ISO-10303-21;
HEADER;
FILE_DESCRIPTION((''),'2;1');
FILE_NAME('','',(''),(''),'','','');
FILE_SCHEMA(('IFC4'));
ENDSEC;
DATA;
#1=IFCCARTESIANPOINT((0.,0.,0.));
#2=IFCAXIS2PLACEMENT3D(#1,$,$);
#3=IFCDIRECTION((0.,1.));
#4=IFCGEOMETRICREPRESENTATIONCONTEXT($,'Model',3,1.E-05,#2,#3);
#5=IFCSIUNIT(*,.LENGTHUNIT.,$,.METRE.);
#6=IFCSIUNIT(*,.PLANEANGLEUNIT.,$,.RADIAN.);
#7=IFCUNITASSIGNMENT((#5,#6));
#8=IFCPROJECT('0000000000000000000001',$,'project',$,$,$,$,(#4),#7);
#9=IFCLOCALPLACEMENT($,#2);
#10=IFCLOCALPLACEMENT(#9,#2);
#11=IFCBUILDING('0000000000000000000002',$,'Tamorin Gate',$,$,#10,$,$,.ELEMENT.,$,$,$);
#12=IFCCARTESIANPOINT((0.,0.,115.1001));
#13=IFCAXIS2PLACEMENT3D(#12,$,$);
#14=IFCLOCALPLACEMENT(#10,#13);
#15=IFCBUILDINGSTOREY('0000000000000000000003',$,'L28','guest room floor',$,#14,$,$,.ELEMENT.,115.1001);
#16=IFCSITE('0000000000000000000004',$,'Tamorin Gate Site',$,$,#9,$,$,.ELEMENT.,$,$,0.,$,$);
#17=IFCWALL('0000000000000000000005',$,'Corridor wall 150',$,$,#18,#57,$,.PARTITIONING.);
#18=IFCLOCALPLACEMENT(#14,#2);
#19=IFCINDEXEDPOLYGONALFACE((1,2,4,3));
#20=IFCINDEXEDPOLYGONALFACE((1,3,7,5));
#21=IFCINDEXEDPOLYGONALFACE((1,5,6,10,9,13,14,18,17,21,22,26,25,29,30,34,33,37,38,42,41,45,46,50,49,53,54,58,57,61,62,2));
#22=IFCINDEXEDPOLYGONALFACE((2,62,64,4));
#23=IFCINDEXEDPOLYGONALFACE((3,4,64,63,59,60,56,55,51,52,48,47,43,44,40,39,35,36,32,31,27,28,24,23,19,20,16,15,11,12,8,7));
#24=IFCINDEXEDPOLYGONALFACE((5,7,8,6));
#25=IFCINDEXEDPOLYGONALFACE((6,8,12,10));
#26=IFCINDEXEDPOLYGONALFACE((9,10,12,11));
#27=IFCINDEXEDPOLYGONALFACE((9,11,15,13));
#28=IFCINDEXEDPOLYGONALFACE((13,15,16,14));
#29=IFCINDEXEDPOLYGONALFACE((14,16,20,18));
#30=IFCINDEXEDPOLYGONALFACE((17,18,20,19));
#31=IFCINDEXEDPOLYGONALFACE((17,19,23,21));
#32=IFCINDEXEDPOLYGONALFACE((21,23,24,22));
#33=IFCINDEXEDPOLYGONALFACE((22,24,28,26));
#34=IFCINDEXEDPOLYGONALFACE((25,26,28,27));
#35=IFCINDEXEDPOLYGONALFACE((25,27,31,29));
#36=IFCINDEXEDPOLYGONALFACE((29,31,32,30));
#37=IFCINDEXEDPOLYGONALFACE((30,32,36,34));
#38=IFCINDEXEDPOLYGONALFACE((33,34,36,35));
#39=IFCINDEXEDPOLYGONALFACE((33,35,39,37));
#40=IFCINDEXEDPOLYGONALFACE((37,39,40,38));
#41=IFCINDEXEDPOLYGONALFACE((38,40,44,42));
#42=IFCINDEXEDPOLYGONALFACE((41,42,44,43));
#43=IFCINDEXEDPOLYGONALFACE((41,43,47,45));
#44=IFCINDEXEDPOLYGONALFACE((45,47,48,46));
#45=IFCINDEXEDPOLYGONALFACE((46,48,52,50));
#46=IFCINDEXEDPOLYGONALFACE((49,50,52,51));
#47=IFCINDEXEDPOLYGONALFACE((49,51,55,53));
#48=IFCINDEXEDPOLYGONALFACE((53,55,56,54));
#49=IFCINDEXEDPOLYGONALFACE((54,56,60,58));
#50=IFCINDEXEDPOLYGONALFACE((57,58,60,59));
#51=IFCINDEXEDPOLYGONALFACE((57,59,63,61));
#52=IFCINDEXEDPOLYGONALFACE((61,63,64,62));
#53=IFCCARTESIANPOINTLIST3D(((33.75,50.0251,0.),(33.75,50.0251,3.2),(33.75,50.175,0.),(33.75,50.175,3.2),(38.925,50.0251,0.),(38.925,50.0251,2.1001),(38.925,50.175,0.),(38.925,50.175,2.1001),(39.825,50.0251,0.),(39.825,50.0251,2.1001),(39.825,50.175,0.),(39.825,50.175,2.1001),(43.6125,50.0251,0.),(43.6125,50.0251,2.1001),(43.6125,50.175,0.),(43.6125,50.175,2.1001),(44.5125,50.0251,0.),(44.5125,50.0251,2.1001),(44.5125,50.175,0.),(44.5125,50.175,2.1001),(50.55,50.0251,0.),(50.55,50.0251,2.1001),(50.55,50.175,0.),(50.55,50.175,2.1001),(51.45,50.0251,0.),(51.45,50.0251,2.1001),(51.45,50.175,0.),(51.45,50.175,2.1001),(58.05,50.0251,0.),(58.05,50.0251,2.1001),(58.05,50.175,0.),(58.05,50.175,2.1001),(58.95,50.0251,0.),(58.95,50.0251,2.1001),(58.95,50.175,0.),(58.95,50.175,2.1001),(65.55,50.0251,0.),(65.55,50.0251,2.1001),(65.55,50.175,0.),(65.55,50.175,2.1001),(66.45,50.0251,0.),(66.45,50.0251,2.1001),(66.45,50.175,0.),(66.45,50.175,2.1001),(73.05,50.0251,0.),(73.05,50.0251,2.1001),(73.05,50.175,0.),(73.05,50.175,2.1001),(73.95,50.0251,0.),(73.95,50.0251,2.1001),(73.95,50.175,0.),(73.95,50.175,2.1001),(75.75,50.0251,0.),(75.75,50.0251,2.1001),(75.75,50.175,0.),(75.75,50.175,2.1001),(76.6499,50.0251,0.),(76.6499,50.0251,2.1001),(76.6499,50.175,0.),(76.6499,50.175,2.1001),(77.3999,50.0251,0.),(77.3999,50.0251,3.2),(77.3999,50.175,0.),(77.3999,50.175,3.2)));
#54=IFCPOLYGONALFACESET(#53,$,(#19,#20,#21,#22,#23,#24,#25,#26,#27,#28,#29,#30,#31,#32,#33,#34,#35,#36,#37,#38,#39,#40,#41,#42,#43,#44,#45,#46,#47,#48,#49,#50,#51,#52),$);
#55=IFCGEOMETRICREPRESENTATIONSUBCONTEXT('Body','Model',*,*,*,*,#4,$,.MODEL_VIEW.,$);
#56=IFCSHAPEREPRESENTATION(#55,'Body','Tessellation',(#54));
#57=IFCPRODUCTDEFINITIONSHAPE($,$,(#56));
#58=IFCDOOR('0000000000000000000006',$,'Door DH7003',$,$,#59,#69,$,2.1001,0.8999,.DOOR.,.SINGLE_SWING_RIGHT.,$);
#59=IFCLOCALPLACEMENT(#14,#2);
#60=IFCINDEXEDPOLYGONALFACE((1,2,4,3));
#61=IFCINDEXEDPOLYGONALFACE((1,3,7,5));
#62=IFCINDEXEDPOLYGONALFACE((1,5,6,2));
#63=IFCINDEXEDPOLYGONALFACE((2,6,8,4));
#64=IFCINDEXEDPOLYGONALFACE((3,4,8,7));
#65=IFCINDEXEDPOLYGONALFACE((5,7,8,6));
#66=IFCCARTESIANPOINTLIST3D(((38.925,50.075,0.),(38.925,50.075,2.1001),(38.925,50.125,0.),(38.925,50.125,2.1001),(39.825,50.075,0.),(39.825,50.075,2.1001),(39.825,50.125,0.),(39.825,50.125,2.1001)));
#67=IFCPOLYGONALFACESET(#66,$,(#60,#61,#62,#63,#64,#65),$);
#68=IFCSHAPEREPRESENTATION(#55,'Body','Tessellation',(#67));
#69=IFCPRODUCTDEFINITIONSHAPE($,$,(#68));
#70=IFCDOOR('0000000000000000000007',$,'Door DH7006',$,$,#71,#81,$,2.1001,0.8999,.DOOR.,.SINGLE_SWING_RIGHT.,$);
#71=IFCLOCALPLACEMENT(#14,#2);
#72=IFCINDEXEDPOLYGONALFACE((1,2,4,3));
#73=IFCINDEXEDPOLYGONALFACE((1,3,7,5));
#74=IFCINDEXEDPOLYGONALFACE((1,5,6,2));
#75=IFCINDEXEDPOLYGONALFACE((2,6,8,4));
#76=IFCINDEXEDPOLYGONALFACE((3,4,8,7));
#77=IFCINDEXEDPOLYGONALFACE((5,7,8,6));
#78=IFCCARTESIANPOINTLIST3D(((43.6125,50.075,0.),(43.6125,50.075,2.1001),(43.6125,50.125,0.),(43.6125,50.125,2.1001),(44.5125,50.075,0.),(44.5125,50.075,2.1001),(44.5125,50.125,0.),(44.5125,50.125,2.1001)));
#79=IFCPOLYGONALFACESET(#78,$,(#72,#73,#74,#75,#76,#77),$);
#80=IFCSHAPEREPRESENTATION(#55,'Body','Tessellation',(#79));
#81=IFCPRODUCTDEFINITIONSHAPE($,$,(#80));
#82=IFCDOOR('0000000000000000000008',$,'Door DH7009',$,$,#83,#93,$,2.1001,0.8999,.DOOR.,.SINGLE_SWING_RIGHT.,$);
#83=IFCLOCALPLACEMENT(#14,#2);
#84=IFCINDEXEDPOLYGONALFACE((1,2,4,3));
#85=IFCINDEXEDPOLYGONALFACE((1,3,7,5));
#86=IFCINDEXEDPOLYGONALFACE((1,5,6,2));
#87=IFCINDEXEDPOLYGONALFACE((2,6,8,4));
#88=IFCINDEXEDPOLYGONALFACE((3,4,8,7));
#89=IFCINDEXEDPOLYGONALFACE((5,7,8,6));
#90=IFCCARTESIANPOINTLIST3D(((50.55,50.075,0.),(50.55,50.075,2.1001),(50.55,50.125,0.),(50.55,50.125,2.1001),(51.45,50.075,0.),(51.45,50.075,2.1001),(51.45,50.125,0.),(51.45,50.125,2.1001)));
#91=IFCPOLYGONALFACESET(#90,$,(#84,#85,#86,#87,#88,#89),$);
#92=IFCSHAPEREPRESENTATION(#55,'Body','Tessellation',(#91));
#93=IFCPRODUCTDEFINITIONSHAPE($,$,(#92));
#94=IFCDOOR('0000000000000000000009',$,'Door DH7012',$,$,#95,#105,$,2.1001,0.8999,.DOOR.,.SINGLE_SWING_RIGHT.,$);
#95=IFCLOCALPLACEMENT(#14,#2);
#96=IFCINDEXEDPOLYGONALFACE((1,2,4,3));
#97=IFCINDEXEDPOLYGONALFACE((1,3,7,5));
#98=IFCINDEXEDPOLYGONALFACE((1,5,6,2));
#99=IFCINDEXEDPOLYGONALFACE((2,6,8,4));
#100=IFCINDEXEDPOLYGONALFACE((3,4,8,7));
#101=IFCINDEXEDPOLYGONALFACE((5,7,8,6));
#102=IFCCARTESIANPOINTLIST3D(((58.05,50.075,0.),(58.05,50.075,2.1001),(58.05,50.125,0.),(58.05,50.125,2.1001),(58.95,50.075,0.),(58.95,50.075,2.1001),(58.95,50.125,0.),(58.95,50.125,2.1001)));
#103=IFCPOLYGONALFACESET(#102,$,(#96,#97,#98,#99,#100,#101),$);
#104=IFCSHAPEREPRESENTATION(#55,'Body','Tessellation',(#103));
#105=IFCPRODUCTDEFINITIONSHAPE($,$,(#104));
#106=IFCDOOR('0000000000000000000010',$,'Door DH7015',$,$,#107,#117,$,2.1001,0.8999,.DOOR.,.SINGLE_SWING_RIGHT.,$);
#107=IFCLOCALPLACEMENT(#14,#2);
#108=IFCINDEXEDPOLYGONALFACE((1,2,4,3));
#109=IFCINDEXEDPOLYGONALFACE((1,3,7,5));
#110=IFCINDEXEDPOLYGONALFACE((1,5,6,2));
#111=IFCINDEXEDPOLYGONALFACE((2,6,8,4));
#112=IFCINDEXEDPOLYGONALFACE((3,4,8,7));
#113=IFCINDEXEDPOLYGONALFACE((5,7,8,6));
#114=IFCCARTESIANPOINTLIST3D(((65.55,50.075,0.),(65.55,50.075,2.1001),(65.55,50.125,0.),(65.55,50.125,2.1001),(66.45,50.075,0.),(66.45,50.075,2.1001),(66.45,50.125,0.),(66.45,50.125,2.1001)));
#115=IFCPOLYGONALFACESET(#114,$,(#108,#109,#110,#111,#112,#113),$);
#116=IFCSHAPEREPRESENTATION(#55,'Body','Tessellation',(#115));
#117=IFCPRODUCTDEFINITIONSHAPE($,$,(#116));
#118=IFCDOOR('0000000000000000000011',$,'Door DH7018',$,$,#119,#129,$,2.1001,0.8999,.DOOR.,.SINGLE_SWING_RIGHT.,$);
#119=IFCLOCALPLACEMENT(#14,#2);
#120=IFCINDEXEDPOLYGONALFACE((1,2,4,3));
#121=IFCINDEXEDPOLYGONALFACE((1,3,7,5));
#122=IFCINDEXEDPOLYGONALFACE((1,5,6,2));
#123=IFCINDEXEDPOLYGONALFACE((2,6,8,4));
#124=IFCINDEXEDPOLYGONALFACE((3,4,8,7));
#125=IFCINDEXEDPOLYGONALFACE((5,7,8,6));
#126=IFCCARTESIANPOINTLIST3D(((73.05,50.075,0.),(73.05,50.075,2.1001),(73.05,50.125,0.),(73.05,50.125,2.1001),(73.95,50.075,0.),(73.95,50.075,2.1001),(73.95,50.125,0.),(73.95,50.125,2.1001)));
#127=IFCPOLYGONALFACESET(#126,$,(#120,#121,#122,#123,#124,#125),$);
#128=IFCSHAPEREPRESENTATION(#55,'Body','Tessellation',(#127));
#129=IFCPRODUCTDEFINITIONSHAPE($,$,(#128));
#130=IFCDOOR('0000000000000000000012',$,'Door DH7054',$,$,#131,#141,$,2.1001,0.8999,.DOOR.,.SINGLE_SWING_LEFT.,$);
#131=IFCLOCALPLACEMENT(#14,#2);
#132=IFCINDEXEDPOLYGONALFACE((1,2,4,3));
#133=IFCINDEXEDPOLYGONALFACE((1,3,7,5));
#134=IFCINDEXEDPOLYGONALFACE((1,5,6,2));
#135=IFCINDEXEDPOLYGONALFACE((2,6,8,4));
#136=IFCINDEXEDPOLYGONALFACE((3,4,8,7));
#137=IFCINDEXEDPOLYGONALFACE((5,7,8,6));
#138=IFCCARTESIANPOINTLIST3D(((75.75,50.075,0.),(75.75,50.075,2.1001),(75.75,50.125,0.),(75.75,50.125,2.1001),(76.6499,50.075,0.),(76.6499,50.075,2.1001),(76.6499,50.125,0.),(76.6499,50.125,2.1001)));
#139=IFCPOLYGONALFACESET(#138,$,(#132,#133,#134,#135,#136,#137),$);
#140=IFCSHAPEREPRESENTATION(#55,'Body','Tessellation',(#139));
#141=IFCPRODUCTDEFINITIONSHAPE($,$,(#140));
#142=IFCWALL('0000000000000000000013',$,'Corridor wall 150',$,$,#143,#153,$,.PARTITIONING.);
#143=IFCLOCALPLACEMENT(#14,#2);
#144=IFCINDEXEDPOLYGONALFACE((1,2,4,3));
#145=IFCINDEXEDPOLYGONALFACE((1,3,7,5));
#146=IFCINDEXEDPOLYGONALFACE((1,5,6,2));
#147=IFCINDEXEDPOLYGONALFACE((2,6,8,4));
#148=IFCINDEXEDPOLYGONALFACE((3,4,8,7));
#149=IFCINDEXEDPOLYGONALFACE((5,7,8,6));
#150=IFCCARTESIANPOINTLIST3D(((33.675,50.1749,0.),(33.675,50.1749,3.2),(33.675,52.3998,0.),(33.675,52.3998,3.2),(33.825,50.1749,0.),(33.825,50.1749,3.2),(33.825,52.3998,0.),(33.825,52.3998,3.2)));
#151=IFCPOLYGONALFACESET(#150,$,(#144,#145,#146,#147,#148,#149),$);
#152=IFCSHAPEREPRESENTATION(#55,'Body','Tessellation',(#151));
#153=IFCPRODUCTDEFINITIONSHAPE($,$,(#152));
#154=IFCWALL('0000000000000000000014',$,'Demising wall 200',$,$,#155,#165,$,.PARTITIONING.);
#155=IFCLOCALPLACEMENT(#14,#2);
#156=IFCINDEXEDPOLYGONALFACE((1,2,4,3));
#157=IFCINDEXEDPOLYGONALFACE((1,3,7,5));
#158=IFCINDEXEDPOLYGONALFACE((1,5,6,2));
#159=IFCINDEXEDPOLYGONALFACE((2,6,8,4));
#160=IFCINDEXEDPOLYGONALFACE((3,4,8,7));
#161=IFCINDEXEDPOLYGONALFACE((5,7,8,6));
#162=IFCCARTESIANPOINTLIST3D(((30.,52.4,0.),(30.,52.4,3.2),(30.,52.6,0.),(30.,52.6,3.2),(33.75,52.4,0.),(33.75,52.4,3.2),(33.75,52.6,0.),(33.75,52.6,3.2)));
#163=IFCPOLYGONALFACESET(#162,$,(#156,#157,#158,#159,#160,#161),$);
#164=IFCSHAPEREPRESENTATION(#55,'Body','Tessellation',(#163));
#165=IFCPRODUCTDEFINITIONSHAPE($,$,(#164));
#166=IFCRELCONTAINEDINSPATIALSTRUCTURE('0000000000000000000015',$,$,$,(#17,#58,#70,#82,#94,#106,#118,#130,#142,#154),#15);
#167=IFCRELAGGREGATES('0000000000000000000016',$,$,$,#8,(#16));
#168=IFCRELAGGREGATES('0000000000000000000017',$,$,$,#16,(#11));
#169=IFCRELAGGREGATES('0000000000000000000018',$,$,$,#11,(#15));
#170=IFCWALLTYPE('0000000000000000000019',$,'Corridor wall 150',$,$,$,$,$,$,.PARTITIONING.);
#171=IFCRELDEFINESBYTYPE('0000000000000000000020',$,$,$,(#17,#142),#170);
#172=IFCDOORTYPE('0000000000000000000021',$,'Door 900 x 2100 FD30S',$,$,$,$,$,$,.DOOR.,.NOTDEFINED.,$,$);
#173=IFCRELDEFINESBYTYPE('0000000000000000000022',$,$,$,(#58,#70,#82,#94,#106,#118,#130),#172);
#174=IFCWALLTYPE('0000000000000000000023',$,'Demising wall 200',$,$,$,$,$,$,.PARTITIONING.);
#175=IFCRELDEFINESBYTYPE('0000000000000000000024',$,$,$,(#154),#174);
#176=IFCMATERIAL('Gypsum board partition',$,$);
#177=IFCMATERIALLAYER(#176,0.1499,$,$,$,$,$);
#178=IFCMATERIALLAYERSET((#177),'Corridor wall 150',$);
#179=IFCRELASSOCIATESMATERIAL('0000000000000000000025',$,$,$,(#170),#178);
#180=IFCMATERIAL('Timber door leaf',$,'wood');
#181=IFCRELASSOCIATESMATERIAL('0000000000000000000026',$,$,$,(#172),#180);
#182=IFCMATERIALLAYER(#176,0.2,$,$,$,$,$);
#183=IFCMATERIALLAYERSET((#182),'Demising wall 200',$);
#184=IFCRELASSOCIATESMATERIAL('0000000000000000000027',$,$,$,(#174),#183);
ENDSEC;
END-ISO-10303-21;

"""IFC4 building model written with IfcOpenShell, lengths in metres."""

from ifc_helpers import new_model, si_unit, direction, frame, frame_2d, origin, place, context, subcontext, project, spatial, rectangle, extrude, material, layer, layer_set, type_object, element, fill, save


model = new_model("IFC4")

# Units and contexts
model_context = context("Model", 3, precision=1e-05, world=origin(), true_north=direction((0.0, 1.0)))
body_context = subcontext(model_context, "Body", "Model", "MODEL_VIEW")
ifc_project = project(units=[si_unit("LENGTHUNIT", "METRE"), si_unit("PLANEANGLEUNIT", "RADIAN")], contexts=[model_context])

# Site, building, storey
site_placement = place(None, origin())
site = spatial("IfcSite", under=ifc_project, at=site_placement, Name="Tamorin Gate Site", CompositionType="ELEMENT", RefElevation=0.0)
building_placement = place(site_placement, origin())
building = spatial("IfcBuilding", under=site, at=building_placement, Name="Tamorin Gate", CompositionType="ELEMENT")
storey_placement = place(building_placement, frame((0.0, 0.0, 115.1001)))
storey = spatial("IfcBuildingStorey", under=building, at=storey_placement, Name="L28", Description="guest room floor", CompositionType="ELEMENT", Elevation=115.1001)

# Wall, openings, doors
ifc_material_1 = material(Name="Gypsum board partition")
ifc_layer_1 = layer(ifc_material_1, 0.1499)
ifc_layer_set_1 = layer_set([ifc_layer_1], Name="Corridor wall 150")
wall_type_1 = type_object("IfcWallType", Name="Corridor wall 150", PredefinedType="PARTITIONING", material=ifc_layer_set_1)
wall_1_placement = place(storey_placement, frame((33.75, 50.1001, 0.0), z_axis=(0.0, 0.0, 1.0), x_axis=(1.0, 0.0, 0.0)))
wall_1 = element("IfcWall", 1, at=wall_1_placement, inside=storey, type_object=wall_type_1, Name="Corridor wall 150", PredefinedType="PARTITIONING", context=body_context, shape_type="SweptSolid", body=[
    extrude(rectangle(XDim=43.6499, YDim=0.1499, at=frame_2d((21.825, 0.0))), origin(), (0.0, 0.0, 1.0), 3.2),
])
opening_1_placement = place(wall_1_placement, frame((5.175, 0.0, 0.0)))
opening_1 = element("IfcOpeningElement", 2, at=opening_1_placement, cuts=wall_1, PredefinedType="OPENING", context=body_context, shape_type="SweptSolid", body=[
    extrude(rectangle(XDim=0.8999, YDim=2.1001, at=frame_2d((0.45, 1.05))), frame((0.0, 0.085, 0.0), z_axis=(0.0, -1.0, 0.0), x_axis=(1.0, 0.0, 0.0)), (0.0, 0.0, 1.0), 0.1699),
])
opening_2_placement = place(wall_1_placement, frame((9.8625, 0.0, 0.0)))
opening_2 = element("IfcOpeningElement", 3, at=opening_2_placement, cuts=wall_1, PredefinedType="OPENING", context=body_context, shape_type="SweptSolid", body=[
    extrude(rectangle(XDim=0.8999, YDim=2.1001, at=frame_2d((0.45, 1.05))), frame((0.0, 0.085, 0.0), z_axis=(0.0, -1.0, 0.0), x_axis=(1.0, 0.0, 0.0)), (0.0, 0.0, 1.0), 0.1699),
])
opening_3_placement = place(wall_1_placement, frame((16.8, 0.0, 0.0)))
opening_3 = element("IfcOpeningElement", 4, at=opening_3_placement, cuts=wall_1, PredefinedType="OPENING", context=body_context, shape_type="SweptSolid", body=[
    extrude(rectangle(XDim=0.8999, YDim=2.1001, at=frame_2d((0.45, 1.05))), frame((0.0, 0.085, 0.0), z_axis=(0.0, -1.0, 0.0), x_axis=(1.0, 0.0, 0.0)), (0.0, 0.0, 1.0), 0.1699),
])
opening_4_placement = place(wall_1_placement, frame((24.3, 0.0, 0.0)))
opening_4 = element("IfcOpeningElement", 5, at=opening_4_placement, cuts=wall_1, PredefinedType="OPENING", context=body_context, shape_type="SweptSolid", body=[
    extrude(rectangle(XDim=0.8999, YDim=2.1001, at=frame_2d((0.45, 1.05))), frame((0.0, 0.085, 0.0), z_axis=(0.0, -1.0, 0.0), x_axis=(1.0, 0.0, 0.0)), (0.0, 0.0, 1.0), 0.1699),
])
opening_5_placement = place(wall_1_placement, frame((31.8, 0.0, 0.0)))
opening_5 = element("IfcOpeningElement", 6, at=opening_5_placement, cuts=wall_1, PredefinedType="OPENING", context=body_context, shape_type="SweptSolid", body=[
    extrude(rectangle(XDim=0.8999, YDim=2.1001, at=frame_2d((0.45, 1.05))), frame((0.0, 0.085, 0.0), z_axis=(0.0, -1.0, 0.0), x_axis=(1.0, 0.0, 0.0)), (0.0, 0.0, 1.0), 0.1699),
])
opening_6_placement = place(wall_1_placement, frame((39.3, 0.0, 0.0)))
opening_6 = element("IfcOpeningElement", 7, at=opening_6_placement, cuts=wall_1, PredefinedType="OPENING", context=body_context, shape_type="SweptSolid", body=[
    extrude(rectangle(XDim=0.8999, YDim=2.1001, at=frame_2d((0.45, 1.05))), frame((0.0, 0.085, 0.0), z_axis=(0.0, -1.0, 0.0), x_axis=(1.0, 0.0, 0.0)), (0.0, 0.0, 1.0), 0.1699),
])
opening_7_placement = place(wall_1_placement, frame((42.0, 0.0, 0.0)))
opening_7 = element("IfcOpeningElement", 8, at=opening_7_placement, cuts=wall_1, PredefinedType="OPENING", context=body_context, shape_type="SweptSolid", body=[
    extrude(rectangle(XDim=0.8999, YDim=2.1001, at=frame_2d((0.45, 1.05))), frame((0.0, 0.085, 0.0), z_axis=(0.0, -1.0, 0.0), x_axis=(1.0, 0.0, 0.0)), (0.0, 0.0, 1.0), 0.1699),
])
ifc_material_2 = material(Name="Timber door leaf", Category="wood")
door_type = type_object("IfcDoorType", Name="Door 900 x 2100 FD30S", OperationType="NOTDEFINED", PredefinedType="DOOR", material=ifc_material_2)
door_1_placement = place(opening_1_placement, origin())
door_1 = element("IfcDoor", 9, at=door_1_placement, inside=storey, type_object=door_type, Name="Door DH7003", OperationType="SINGLE_SWING_RIGHT", OverallHeight=2.1001, OverallWidth=0.8999, PredefinedType="DOOR", context=body_context, shape_type="SweptSolid", body=[
    extrude(rectangle(XDim=0.8999, YDim=2.1001, at=frame_2d((0.45, 1.05))), frame((0.0, 0.0249, 0.0), z_axis=(0.0, -1.0, 0.0), x_axis=(1.0, 0.0, 0.0)), (0.0, 0.0, 1.0), 0.05),
])
fill(opening_1, door_1)
door_2_placement = place(opening_2_placement, origin())
door_2 = element("IfcDoor", 10, at=door_2_placement, inside=storey, type_object=door_type, Name="Door DH7006", OperationType="SINGLE_SWING_RIGHT", OverallHeight=2.1001, OverallWidth=0.8999, PredefinedType="DOOR", context=body_context, shape_type="SweptSolid", body=[
    extrude(rectangle(XDim=0.8999, YDim=2.1001, at=frame_2d((0.45, 1.05))), frame((0.0, 0.0249, 0.0), z_axis=(0.0, -1.0, 0.0), x_axis=(1.0, 0.0, 0.0)), (0.0, 0.0, 1.0), 0.05),
])
fill(opening_2, door_2)
door_3_placement = place(opening_3_placement, origin())
door_3 = element("IfcDoor", 11, at=door_3_placement, inside=storey, type_object=door_type, Name="Door DH7009", OperationType="SINGLE_SWING_RIGHT", OverallHeight=2.1001, OverallWidth=0.8999, PredefinedType="DOOR", context=body_context, shape_type="SweptSolid", body=[
    extrude(rectangle(XDim=0.8999, YDim=2.1001, at=frame_2d((0.45, 1.05))), frame((0.0, 0.0249, 0.0), z_axis=(0.0, -1.0, 0.0), x_axis=(1.0, 0.0, 0.0)), (0.0, 0.0, 1.0), 0.05),
])
fill(opening_3, door_3)
door_4_placement = place(opening_4_placement, origin())
door_4 = element("IfcDoor", 12, at=door_4_placement, inside=storey, type_object=door_type, Name="Door DH7012", OperationType="SINGLE_SWING_RIGHT", OverallHeight=2.1001, OverallWidth=0.8999, PredefinedType="DOOR", context=body_context, shape_type="SweptSolid", body=[
    extrude(rectangle(XDim=0.8999, YDim=2.1001, at=frame_2d((0.45, 1.05))), frame((0.0, 0.0249, 0.0), z_axis=(0.0, -1.0, 0.0), x_axis=(1.0, 0.0, 0.0)), (0.0, 0.0, 1.0), 0.05),
])
fill(opening_4, door_4)
door_5_placement = place(opening_5_placement, origin())
door_5 = element("IfcDoor", 13, at=door_5_placement, inside=storey, type_object=door_type, Name="Door DH7015", OperationType="SINGLE_SWING_RIGHT", OverallHeight=2.1001, OverallWidth=0.8999, PredefinedType="DOOR", context=body_context, shape_type="SweptSolid", body=[
    extrude(rectangle(XDim=0.8999, YDim=2.1001, at=frame_2d((0.45, 1.05))), frame((0.0, 0.0249, 0.0), z_axis=(0.0, -1.0, 0.0), x_axis=(1.0, 0.0, 0.0)), (0.0, 0.0, 1.0), 0.05),
])
fill(opening_5, door_5)
door_6_placement = place(opening_6_placement, origin())
door_6 = element("IfcDoor", 14, at=door_6_placement, inside=storey, type_object=door_type, Name="Door DH7018", OperationType="SINGLE_SWING_RIGHT", OverallHeight=2.1001, OverallWidth=0.8999, PredefinedType="DOOR", context=body_context, shape_type="SweptSolid", body=[
    extrude(rectangle(XDim=0.8999, YDim=2.1001, at=frame_2d((0.45, 1.05))), frame((0.0, 0.0249, 0.0), z_axis=(0.0, -1.0, 0.0), x_axis=(1.0, 0.0, 0.0)), (0.0, 0.0, 1.0), 0.05),
])
fill(opening_6, door_6)
door_7_placement = place(opening_7_placement, origin())
door_7 = element("IfcDoor", 15, at=door_7_placement, inside=storey, type_object=door_type, Name="Door DH7054", OperationType="SINGLE_SWING_LEFT", OverallHeight=2.1001, OverallWidth=0.8999, PredefinedType="DOOR", context=body_context, shape_type="SweptSolid", body=[
    extrude(rectangle(XDim=0.8999, YDim=2.1001, at=frame_2d((0.45, 1.05))), frame((0.0, 0.0249, 0.0), z_axis=(0.0, -1.0, 0.0), x_axis=(1.0, 0.0, 0.0)), (0.0, 0.0, 1.0), 0.05),
])
fill(opening_7, door_7)

# Walls
wall_2_placement = place(storey_placement, frame((33.75, 50.175, 0.0), z_axis=(0.0, 0.0, 1.0), x_axis=(0.0, 1.0, 0.0)))
element("IfcWall", 16, at=wall_2_placement, inside=storey, type_object=wall_type_1, Name="Corridor wall 150", PredefinedType="PARTITIONING", context=body_context, shape_type="SweptSolid", body=[
    extrude(rectangle(XDim=2.2249, YDim=0.1499, at=frame_2d((1.1123, 0.0))), origin(), (0.0, 0.0, 1.0), 3.2),
])
ifc_layer_2 = layer(ifc_material_1, 0.2)
ifc_layer_set_2 = layer_set([ifc_layer_2], Name="Demising wall 200")
wall_type_2 = type_object("IfcWallType", Name="Demising wall 200", PredefinedType="PARTITIONING", material=ifc_layer_set_2)
wall_3_placement = place(storey_placement, frame((30.0, 52.5, 0.0), z_axis=(0.0, 0.0, 1.0), x_axis=(1.0, 0.0, 0.0)))
element("IfcWall", 17, at=wall_3_placement, inside=storey, type_object=wall_type_2, Name="Demising wall 200", PredefinedType="PARTITIONING", context=body_context, shape_type="SweptSolid", body=[
    extrude(rectangle(XDim=3.75, YDim=0.2, at=frame_2d((1.875, 0.0))), origin(), (0.0, 0.0, 1.0), 3.2),
])

save(model, "model.ifc")
